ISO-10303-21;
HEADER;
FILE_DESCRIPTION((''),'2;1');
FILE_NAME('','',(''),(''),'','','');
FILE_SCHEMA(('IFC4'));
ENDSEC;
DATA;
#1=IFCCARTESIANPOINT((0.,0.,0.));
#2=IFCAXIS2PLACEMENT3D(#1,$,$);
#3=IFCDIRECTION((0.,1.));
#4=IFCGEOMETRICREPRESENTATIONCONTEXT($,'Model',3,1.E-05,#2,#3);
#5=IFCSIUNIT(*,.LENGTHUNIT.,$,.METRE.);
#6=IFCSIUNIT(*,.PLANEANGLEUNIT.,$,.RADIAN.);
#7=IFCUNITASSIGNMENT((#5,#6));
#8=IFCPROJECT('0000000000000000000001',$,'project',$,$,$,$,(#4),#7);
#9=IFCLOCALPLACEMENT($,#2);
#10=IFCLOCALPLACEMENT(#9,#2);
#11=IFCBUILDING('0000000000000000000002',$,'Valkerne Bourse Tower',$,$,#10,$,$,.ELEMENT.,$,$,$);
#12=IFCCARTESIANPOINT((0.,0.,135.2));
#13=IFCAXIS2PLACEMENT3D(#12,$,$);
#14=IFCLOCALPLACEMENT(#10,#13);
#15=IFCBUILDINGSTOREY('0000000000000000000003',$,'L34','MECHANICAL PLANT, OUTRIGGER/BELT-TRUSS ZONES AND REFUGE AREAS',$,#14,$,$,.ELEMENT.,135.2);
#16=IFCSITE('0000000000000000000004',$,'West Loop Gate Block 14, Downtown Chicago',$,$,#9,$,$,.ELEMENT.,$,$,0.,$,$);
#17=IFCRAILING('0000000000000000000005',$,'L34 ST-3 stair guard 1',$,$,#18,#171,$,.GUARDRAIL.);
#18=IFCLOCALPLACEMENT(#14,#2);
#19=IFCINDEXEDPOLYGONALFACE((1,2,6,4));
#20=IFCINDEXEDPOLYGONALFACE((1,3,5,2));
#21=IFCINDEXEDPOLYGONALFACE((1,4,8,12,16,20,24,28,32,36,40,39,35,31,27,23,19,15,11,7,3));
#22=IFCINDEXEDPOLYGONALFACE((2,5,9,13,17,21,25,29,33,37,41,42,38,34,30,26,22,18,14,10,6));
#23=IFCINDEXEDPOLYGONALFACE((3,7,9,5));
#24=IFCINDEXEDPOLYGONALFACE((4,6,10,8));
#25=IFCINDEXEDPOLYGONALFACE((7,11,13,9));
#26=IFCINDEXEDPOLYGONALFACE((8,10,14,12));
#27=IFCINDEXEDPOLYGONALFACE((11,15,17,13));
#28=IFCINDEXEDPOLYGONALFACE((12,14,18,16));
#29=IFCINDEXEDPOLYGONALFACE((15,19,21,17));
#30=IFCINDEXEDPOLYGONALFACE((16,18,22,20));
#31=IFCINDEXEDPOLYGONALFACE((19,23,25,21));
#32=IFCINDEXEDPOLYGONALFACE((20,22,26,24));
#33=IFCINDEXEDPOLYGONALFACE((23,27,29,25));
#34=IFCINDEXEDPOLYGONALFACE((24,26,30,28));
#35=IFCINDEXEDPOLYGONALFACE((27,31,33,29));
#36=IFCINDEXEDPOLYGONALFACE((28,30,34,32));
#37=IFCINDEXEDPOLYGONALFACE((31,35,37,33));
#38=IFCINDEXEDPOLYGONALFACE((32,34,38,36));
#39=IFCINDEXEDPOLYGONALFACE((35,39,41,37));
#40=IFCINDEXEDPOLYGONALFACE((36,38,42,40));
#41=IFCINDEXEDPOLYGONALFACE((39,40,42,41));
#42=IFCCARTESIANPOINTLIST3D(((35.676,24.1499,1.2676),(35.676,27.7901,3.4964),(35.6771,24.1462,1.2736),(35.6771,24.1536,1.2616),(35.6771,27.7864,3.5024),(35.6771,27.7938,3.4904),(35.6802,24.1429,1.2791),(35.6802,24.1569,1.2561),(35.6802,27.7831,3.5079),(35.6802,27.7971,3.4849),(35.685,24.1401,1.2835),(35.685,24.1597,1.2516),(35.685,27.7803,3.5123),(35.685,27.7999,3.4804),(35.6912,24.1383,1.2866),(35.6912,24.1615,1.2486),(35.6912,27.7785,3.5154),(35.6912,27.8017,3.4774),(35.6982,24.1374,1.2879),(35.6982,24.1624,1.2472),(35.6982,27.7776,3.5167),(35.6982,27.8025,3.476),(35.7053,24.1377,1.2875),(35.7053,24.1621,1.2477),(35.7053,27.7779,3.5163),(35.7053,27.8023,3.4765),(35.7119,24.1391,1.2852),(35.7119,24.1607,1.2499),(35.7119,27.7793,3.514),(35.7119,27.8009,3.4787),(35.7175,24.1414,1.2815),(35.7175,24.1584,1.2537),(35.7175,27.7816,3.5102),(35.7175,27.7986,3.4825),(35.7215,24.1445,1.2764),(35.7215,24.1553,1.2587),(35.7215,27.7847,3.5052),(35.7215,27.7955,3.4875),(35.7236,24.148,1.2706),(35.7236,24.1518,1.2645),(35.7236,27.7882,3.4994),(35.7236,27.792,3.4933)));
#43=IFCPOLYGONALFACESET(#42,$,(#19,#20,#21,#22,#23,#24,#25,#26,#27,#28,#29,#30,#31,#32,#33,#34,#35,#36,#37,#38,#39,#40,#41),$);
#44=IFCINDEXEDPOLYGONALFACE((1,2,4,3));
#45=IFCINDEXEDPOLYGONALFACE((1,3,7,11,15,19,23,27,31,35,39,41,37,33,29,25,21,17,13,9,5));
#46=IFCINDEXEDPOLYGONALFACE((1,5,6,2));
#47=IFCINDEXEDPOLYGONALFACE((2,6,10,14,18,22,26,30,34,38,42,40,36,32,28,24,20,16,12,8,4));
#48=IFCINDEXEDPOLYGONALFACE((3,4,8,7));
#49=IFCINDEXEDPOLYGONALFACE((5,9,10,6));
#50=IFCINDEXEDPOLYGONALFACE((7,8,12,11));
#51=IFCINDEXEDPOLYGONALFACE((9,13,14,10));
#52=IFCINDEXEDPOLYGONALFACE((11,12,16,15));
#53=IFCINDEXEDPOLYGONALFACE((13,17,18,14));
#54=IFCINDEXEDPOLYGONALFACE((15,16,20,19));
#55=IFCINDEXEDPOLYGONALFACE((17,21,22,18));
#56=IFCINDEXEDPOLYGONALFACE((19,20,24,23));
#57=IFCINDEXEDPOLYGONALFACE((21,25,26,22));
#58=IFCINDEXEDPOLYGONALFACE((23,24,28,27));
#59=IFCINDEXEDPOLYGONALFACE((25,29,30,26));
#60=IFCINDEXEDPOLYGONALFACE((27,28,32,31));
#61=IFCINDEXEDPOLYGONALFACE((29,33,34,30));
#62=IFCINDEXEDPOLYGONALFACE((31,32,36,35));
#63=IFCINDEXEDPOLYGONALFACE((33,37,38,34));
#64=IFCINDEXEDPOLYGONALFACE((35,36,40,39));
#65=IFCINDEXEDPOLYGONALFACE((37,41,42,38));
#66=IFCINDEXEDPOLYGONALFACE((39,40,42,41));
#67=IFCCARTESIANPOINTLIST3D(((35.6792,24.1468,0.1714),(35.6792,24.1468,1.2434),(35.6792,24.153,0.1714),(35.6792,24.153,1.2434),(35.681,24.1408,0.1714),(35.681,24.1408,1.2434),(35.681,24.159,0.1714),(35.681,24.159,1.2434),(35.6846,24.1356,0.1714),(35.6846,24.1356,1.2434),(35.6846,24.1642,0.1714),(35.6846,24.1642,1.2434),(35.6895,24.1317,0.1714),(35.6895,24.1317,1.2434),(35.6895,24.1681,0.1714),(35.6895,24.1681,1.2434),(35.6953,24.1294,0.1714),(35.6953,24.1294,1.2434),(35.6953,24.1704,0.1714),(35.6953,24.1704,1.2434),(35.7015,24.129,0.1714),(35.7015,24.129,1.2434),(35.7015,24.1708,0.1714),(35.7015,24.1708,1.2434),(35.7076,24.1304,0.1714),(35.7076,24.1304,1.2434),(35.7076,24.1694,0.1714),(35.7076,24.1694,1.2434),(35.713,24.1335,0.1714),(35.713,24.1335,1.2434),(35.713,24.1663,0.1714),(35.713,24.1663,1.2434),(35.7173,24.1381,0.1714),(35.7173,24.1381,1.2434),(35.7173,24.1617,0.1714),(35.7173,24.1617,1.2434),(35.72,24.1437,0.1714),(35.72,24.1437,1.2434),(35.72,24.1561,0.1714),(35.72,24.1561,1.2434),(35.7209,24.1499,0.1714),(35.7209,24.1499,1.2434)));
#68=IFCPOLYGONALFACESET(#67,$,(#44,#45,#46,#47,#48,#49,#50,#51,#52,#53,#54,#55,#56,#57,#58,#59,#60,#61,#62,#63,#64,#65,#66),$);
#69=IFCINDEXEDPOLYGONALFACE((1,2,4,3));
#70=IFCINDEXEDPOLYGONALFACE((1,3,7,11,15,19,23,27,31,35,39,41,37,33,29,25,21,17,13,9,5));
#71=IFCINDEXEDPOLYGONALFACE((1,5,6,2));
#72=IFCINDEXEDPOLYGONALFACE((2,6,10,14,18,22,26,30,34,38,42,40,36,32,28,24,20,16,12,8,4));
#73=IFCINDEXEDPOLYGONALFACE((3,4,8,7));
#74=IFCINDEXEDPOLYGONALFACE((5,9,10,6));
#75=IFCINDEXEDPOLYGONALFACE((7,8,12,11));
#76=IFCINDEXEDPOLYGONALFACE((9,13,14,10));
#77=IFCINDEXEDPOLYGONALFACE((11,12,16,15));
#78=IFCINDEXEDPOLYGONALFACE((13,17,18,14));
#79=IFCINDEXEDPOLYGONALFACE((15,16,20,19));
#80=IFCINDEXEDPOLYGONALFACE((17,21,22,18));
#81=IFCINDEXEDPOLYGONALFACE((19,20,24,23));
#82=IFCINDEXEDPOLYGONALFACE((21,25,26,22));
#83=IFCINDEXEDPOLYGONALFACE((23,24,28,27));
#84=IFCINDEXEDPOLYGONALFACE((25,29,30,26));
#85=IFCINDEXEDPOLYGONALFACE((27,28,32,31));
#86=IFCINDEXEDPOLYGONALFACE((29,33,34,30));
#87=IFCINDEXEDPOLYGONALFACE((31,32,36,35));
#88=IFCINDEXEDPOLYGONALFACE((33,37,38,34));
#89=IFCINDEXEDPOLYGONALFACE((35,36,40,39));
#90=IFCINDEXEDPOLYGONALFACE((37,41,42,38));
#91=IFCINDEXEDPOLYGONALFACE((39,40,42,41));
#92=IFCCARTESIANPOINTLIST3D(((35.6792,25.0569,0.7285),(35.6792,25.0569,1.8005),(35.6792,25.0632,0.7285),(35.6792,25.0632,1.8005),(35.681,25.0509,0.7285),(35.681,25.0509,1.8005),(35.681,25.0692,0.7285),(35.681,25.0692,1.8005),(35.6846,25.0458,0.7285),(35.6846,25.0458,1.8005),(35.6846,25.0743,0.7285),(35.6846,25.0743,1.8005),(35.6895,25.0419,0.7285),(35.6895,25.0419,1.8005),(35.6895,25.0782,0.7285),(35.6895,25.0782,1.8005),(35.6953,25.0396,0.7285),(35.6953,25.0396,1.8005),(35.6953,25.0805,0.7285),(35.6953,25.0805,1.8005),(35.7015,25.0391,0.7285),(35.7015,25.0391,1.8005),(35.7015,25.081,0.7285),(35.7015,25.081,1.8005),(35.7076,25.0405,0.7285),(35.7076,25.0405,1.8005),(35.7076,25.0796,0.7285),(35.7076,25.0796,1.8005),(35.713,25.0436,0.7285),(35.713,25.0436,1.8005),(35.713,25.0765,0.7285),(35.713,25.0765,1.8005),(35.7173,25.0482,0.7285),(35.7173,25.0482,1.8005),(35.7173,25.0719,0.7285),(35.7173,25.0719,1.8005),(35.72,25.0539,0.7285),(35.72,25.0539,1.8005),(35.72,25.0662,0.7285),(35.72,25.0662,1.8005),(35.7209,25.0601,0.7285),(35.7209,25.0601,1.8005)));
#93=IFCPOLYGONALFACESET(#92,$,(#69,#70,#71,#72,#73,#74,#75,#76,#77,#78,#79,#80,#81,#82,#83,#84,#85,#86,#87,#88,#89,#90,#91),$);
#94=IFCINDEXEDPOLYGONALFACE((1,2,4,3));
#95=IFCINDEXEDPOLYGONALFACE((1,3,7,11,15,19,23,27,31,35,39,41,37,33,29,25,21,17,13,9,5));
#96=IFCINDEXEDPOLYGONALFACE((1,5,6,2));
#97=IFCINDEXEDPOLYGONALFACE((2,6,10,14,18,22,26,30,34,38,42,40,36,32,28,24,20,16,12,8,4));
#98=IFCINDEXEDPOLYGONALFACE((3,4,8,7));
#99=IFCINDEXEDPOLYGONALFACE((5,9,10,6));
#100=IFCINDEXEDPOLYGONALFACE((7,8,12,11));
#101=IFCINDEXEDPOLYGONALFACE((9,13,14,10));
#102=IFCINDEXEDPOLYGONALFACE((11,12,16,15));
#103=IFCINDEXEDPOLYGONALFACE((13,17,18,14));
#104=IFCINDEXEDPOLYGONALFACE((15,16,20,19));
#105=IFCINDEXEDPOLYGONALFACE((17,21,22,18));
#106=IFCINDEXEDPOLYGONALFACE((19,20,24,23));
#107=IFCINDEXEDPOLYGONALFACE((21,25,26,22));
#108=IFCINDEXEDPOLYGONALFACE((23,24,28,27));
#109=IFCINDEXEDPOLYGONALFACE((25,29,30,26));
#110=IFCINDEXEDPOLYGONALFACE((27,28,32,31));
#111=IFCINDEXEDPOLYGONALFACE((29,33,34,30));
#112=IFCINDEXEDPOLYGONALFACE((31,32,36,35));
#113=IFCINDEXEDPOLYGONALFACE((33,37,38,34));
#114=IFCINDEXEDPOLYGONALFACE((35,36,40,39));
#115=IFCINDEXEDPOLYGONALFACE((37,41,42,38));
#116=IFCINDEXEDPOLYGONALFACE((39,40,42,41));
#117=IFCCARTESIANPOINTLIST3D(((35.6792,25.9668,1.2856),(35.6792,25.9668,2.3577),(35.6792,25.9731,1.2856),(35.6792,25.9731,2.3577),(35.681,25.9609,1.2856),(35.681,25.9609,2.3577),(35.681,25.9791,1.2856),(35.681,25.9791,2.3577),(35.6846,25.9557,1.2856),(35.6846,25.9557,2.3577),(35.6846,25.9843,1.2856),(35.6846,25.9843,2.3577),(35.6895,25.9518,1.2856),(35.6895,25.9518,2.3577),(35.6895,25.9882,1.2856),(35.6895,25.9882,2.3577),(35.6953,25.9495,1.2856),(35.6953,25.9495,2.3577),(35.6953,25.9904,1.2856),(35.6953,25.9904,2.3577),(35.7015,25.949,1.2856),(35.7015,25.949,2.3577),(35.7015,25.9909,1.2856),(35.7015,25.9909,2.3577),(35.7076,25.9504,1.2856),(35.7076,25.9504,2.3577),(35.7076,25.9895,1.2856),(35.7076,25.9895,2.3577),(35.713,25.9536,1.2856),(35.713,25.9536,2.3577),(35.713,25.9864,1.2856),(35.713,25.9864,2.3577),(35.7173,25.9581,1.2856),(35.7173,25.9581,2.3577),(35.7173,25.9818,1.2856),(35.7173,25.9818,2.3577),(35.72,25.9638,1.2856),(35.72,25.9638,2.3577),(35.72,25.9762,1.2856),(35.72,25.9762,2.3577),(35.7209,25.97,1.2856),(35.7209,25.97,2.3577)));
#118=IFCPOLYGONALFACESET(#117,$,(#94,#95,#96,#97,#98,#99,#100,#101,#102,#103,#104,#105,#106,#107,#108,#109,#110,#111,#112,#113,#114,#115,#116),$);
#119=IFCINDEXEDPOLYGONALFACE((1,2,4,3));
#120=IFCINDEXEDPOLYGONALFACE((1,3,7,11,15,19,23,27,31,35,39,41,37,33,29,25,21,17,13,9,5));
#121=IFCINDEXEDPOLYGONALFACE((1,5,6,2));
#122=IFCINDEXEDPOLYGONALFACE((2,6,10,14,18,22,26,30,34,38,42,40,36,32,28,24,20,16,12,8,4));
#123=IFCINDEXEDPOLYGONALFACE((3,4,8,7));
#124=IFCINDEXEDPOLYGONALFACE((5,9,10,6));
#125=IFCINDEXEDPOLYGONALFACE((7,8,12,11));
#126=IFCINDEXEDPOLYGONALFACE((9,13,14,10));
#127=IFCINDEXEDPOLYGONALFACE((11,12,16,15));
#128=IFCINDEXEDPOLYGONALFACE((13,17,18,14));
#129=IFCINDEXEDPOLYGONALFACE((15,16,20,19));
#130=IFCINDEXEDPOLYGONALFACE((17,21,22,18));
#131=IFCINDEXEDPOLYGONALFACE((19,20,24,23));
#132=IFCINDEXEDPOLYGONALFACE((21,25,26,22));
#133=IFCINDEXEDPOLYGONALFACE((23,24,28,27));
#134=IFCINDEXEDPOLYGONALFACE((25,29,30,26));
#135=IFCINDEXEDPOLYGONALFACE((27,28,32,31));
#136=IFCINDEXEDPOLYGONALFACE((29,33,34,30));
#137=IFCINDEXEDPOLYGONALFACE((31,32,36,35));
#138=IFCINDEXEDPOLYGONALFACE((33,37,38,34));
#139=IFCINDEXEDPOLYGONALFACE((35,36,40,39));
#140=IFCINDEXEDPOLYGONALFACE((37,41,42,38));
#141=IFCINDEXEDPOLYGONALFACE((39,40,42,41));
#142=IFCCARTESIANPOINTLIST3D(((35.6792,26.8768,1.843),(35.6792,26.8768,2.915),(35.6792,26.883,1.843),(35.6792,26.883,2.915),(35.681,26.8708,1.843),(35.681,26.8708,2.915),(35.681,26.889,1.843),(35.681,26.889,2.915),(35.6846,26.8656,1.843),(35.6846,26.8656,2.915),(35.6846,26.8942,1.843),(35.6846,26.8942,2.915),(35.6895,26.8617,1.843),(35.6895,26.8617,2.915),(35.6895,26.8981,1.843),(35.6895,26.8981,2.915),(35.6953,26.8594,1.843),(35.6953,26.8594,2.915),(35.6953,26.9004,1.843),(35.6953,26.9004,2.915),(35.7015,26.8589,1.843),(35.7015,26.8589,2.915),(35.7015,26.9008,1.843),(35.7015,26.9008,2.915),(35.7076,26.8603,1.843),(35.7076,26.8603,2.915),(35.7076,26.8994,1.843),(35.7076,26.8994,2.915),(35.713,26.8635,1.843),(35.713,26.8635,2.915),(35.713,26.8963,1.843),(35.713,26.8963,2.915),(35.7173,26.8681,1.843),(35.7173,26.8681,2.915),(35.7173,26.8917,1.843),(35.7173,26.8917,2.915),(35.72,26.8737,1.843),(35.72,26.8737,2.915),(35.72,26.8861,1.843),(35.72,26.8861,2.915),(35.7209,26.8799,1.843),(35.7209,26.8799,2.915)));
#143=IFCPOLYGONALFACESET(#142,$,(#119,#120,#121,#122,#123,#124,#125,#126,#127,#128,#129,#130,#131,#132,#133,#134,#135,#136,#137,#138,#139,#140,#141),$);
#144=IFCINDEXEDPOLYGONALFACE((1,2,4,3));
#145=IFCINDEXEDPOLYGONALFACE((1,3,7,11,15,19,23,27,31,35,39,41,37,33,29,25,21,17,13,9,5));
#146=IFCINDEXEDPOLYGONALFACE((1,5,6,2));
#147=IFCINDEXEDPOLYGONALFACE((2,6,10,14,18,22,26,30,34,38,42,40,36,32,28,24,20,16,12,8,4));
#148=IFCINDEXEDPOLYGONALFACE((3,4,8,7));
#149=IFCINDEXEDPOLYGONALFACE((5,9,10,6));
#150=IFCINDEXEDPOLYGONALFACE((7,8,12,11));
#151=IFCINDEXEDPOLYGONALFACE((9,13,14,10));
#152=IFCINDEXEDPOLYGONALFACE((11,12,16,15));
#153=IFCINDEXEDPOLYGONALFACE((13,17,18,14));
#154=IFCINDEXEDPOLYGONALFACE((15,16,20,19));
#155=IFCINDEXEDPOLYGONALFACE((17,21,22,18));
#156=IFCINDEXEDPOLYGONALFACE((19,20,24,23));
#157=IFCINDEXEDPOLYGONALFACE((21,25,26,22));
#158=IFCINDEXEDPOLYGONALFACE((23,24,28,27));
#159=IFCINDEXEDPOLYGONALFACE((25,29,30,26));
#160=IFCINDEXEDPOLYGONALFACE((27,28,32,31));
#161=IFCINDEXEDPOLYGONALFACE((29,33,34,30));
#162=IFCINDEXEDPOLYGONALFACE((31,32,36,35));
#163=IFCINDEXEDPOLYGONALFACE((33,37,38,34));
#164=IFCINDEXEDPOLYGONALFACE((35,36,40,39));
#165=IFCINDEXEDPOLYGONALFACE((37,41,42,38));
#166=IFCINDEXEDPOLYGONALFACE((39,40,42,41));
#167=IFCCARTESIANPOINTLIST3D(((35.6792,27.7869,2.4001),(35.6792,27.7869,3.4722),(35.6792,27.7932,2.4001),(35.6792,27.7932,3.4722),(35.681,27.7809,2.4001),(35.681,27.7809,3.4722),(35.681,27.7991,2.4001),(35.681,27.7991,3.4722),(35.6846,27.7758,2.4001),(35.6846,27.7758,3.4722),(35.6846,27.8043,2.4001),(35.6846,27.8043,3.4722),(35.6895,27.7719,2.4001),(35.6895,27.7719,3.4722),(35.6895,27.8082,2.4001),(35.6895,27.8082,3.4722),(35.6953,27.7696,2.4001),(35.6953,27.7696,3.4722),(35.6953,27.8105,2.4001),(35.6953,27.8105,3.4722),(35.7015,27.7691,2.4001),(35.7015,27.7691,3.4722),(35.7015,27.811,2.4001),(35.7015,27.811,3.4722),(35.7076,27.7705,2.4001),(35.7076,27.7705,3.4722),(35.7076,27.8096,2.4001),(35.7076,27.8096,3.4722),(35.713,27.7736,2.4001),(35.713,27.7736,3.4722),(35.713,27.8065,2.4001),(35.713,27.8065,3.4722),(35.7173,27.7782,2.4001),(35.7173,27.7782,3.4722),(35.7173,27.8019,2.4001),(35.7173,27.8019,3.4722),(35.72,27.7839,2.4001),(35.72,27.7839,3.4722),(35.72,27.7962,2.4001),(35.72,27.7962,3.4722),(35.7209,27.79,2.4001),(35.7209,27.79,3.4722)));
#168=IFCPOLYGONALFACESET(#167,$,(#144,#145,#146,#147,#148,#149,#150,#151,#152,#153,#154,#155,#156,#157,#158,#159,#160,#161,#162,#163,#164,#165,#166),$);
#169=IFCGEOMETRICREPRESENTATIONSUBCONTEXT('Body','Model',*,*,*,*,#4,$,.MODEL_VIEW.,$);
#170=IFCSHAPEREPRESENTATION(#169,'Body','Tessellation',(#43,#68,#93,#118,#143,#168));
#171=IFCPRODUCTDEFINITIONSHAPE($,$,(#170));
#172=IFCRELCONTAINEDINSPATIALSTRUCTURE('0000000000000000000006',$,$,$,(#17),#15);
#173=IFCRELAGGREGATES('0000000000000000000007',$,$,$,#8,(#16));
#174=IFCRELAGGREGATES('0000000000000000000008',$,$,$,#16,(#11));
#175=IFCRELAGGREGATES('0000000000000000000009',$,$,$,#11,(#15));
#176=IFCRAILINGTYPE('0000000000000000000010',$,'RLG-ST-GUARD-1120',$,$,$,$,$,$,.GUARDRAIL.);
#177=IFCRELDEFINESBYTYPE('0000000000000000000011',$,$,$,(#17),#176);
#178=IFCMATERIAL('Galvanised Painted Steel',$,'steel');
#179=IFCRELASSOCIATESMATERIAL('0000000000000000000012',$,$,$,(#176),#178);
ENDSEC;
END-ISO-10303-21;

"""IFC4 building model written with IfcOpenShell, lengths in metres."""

from ifc_helpers import new_model, si_unit, direction, frame, origin, origin_2d, place, context, subcontext, project, spatial, circle, extrude, material, type_object, element, save


model = new_model("IFC4")

# Units and contexts
model_context = context("Model", 3, precision=1e-05, world=origin(), true_north=direction((0.0, 1.0)))
body_context = subcontext(model_context, "Body", "Model", "MODEL_VIEW")
ifc_project = project(units=[si_unit("LENGTHUNIT", "METRE"), si_unit("PLANEANGLEUNIT", "RADIAN")], contexts=[model_context])

# Site, building, storey
site_placement = place(None, origin())
site = spatial("IfcSite", under=ifc_project, at=site_placement, Name="West Loop Gate Block 14, Downtown Chicago", CompositionType="ELEMENT", RefElevation=0.0)
building_placement = place(site_placement, origin())
building = spatial("IfcBuilding", under=site, at=building_placement, Name="Valkerne Bourse Tower", CompositionType="ELEMENT")
storey_placement = place(building_placement, frame((0.0, 0.0, 135.2)))
storey = spatial("IfcBuildingStorey", under=building, at=storey_placement, Name="L34", Description="MECHANICAL PLANT, OUTRIGGER/BELT-TRUSS ZONES AND REFUGE AREAS", CompositionType="ELEMENT", Elevation=135.2)

# Shared definitions
ifc_material_1 = material(Name="Galvanised Painted Steel", Category="steel")

# Railing
railing_type_1 = type_object("IfcRailingType", Name="RLG-ST-GUARD-1120", PredefinedType="GUARDRAIL", material=ifc_material_1)
railing_1_placement = place(storey_placement, frame((35.7, 24.1499, 0.1714)))
element("IfcRailing", 1, at=railing_1_placement, inside=storey, type_object=railing_type_1, Name="L34 ST-3 stair guard 1", PredefinedType="GUARDRAIL", context=body_context, shape_type="SweptSolid", body=[
    extrude(circle(Radius=0.0239, at=origin_2d()), frame((0.0, 0.0, 1.0962), z_axis=(0.0, 0.85284, 0.522172), x_axis=(-1.0, 0.0, 0.0)), (0.0, 0.0, 1.0), 4.2683),
    extrude(circle(Radius=0.021, at=origin_2d()), origin(), (0.0, 0.0, 1.0), 1.072),
    extrude(circle(Radius=0.021, at=origin_2d()), frame((0.0, 0.9102, 0.5571)), (0.0, 0.0, 1.0), 1.072),
    extrude(circle(Radius=0.021, at=origin_2d()), frame((0.0, 1.8201, 1.1143)), (0.0, 0.0, 1.0), 1.072),
    extrude(circle(Radius=0.021, at=origin_2d()), frame((0.0, 2.73, 1.6716)), (0.0, 0.0, 1.0), 1.072),
    extrude(circle(Radius=0.021, at=origin_2d()), frame((0.0, 3.6401, 2.2288)), (0.0, 0.0, 1.0), 1.072),
])

save(model, "model.ifc")
